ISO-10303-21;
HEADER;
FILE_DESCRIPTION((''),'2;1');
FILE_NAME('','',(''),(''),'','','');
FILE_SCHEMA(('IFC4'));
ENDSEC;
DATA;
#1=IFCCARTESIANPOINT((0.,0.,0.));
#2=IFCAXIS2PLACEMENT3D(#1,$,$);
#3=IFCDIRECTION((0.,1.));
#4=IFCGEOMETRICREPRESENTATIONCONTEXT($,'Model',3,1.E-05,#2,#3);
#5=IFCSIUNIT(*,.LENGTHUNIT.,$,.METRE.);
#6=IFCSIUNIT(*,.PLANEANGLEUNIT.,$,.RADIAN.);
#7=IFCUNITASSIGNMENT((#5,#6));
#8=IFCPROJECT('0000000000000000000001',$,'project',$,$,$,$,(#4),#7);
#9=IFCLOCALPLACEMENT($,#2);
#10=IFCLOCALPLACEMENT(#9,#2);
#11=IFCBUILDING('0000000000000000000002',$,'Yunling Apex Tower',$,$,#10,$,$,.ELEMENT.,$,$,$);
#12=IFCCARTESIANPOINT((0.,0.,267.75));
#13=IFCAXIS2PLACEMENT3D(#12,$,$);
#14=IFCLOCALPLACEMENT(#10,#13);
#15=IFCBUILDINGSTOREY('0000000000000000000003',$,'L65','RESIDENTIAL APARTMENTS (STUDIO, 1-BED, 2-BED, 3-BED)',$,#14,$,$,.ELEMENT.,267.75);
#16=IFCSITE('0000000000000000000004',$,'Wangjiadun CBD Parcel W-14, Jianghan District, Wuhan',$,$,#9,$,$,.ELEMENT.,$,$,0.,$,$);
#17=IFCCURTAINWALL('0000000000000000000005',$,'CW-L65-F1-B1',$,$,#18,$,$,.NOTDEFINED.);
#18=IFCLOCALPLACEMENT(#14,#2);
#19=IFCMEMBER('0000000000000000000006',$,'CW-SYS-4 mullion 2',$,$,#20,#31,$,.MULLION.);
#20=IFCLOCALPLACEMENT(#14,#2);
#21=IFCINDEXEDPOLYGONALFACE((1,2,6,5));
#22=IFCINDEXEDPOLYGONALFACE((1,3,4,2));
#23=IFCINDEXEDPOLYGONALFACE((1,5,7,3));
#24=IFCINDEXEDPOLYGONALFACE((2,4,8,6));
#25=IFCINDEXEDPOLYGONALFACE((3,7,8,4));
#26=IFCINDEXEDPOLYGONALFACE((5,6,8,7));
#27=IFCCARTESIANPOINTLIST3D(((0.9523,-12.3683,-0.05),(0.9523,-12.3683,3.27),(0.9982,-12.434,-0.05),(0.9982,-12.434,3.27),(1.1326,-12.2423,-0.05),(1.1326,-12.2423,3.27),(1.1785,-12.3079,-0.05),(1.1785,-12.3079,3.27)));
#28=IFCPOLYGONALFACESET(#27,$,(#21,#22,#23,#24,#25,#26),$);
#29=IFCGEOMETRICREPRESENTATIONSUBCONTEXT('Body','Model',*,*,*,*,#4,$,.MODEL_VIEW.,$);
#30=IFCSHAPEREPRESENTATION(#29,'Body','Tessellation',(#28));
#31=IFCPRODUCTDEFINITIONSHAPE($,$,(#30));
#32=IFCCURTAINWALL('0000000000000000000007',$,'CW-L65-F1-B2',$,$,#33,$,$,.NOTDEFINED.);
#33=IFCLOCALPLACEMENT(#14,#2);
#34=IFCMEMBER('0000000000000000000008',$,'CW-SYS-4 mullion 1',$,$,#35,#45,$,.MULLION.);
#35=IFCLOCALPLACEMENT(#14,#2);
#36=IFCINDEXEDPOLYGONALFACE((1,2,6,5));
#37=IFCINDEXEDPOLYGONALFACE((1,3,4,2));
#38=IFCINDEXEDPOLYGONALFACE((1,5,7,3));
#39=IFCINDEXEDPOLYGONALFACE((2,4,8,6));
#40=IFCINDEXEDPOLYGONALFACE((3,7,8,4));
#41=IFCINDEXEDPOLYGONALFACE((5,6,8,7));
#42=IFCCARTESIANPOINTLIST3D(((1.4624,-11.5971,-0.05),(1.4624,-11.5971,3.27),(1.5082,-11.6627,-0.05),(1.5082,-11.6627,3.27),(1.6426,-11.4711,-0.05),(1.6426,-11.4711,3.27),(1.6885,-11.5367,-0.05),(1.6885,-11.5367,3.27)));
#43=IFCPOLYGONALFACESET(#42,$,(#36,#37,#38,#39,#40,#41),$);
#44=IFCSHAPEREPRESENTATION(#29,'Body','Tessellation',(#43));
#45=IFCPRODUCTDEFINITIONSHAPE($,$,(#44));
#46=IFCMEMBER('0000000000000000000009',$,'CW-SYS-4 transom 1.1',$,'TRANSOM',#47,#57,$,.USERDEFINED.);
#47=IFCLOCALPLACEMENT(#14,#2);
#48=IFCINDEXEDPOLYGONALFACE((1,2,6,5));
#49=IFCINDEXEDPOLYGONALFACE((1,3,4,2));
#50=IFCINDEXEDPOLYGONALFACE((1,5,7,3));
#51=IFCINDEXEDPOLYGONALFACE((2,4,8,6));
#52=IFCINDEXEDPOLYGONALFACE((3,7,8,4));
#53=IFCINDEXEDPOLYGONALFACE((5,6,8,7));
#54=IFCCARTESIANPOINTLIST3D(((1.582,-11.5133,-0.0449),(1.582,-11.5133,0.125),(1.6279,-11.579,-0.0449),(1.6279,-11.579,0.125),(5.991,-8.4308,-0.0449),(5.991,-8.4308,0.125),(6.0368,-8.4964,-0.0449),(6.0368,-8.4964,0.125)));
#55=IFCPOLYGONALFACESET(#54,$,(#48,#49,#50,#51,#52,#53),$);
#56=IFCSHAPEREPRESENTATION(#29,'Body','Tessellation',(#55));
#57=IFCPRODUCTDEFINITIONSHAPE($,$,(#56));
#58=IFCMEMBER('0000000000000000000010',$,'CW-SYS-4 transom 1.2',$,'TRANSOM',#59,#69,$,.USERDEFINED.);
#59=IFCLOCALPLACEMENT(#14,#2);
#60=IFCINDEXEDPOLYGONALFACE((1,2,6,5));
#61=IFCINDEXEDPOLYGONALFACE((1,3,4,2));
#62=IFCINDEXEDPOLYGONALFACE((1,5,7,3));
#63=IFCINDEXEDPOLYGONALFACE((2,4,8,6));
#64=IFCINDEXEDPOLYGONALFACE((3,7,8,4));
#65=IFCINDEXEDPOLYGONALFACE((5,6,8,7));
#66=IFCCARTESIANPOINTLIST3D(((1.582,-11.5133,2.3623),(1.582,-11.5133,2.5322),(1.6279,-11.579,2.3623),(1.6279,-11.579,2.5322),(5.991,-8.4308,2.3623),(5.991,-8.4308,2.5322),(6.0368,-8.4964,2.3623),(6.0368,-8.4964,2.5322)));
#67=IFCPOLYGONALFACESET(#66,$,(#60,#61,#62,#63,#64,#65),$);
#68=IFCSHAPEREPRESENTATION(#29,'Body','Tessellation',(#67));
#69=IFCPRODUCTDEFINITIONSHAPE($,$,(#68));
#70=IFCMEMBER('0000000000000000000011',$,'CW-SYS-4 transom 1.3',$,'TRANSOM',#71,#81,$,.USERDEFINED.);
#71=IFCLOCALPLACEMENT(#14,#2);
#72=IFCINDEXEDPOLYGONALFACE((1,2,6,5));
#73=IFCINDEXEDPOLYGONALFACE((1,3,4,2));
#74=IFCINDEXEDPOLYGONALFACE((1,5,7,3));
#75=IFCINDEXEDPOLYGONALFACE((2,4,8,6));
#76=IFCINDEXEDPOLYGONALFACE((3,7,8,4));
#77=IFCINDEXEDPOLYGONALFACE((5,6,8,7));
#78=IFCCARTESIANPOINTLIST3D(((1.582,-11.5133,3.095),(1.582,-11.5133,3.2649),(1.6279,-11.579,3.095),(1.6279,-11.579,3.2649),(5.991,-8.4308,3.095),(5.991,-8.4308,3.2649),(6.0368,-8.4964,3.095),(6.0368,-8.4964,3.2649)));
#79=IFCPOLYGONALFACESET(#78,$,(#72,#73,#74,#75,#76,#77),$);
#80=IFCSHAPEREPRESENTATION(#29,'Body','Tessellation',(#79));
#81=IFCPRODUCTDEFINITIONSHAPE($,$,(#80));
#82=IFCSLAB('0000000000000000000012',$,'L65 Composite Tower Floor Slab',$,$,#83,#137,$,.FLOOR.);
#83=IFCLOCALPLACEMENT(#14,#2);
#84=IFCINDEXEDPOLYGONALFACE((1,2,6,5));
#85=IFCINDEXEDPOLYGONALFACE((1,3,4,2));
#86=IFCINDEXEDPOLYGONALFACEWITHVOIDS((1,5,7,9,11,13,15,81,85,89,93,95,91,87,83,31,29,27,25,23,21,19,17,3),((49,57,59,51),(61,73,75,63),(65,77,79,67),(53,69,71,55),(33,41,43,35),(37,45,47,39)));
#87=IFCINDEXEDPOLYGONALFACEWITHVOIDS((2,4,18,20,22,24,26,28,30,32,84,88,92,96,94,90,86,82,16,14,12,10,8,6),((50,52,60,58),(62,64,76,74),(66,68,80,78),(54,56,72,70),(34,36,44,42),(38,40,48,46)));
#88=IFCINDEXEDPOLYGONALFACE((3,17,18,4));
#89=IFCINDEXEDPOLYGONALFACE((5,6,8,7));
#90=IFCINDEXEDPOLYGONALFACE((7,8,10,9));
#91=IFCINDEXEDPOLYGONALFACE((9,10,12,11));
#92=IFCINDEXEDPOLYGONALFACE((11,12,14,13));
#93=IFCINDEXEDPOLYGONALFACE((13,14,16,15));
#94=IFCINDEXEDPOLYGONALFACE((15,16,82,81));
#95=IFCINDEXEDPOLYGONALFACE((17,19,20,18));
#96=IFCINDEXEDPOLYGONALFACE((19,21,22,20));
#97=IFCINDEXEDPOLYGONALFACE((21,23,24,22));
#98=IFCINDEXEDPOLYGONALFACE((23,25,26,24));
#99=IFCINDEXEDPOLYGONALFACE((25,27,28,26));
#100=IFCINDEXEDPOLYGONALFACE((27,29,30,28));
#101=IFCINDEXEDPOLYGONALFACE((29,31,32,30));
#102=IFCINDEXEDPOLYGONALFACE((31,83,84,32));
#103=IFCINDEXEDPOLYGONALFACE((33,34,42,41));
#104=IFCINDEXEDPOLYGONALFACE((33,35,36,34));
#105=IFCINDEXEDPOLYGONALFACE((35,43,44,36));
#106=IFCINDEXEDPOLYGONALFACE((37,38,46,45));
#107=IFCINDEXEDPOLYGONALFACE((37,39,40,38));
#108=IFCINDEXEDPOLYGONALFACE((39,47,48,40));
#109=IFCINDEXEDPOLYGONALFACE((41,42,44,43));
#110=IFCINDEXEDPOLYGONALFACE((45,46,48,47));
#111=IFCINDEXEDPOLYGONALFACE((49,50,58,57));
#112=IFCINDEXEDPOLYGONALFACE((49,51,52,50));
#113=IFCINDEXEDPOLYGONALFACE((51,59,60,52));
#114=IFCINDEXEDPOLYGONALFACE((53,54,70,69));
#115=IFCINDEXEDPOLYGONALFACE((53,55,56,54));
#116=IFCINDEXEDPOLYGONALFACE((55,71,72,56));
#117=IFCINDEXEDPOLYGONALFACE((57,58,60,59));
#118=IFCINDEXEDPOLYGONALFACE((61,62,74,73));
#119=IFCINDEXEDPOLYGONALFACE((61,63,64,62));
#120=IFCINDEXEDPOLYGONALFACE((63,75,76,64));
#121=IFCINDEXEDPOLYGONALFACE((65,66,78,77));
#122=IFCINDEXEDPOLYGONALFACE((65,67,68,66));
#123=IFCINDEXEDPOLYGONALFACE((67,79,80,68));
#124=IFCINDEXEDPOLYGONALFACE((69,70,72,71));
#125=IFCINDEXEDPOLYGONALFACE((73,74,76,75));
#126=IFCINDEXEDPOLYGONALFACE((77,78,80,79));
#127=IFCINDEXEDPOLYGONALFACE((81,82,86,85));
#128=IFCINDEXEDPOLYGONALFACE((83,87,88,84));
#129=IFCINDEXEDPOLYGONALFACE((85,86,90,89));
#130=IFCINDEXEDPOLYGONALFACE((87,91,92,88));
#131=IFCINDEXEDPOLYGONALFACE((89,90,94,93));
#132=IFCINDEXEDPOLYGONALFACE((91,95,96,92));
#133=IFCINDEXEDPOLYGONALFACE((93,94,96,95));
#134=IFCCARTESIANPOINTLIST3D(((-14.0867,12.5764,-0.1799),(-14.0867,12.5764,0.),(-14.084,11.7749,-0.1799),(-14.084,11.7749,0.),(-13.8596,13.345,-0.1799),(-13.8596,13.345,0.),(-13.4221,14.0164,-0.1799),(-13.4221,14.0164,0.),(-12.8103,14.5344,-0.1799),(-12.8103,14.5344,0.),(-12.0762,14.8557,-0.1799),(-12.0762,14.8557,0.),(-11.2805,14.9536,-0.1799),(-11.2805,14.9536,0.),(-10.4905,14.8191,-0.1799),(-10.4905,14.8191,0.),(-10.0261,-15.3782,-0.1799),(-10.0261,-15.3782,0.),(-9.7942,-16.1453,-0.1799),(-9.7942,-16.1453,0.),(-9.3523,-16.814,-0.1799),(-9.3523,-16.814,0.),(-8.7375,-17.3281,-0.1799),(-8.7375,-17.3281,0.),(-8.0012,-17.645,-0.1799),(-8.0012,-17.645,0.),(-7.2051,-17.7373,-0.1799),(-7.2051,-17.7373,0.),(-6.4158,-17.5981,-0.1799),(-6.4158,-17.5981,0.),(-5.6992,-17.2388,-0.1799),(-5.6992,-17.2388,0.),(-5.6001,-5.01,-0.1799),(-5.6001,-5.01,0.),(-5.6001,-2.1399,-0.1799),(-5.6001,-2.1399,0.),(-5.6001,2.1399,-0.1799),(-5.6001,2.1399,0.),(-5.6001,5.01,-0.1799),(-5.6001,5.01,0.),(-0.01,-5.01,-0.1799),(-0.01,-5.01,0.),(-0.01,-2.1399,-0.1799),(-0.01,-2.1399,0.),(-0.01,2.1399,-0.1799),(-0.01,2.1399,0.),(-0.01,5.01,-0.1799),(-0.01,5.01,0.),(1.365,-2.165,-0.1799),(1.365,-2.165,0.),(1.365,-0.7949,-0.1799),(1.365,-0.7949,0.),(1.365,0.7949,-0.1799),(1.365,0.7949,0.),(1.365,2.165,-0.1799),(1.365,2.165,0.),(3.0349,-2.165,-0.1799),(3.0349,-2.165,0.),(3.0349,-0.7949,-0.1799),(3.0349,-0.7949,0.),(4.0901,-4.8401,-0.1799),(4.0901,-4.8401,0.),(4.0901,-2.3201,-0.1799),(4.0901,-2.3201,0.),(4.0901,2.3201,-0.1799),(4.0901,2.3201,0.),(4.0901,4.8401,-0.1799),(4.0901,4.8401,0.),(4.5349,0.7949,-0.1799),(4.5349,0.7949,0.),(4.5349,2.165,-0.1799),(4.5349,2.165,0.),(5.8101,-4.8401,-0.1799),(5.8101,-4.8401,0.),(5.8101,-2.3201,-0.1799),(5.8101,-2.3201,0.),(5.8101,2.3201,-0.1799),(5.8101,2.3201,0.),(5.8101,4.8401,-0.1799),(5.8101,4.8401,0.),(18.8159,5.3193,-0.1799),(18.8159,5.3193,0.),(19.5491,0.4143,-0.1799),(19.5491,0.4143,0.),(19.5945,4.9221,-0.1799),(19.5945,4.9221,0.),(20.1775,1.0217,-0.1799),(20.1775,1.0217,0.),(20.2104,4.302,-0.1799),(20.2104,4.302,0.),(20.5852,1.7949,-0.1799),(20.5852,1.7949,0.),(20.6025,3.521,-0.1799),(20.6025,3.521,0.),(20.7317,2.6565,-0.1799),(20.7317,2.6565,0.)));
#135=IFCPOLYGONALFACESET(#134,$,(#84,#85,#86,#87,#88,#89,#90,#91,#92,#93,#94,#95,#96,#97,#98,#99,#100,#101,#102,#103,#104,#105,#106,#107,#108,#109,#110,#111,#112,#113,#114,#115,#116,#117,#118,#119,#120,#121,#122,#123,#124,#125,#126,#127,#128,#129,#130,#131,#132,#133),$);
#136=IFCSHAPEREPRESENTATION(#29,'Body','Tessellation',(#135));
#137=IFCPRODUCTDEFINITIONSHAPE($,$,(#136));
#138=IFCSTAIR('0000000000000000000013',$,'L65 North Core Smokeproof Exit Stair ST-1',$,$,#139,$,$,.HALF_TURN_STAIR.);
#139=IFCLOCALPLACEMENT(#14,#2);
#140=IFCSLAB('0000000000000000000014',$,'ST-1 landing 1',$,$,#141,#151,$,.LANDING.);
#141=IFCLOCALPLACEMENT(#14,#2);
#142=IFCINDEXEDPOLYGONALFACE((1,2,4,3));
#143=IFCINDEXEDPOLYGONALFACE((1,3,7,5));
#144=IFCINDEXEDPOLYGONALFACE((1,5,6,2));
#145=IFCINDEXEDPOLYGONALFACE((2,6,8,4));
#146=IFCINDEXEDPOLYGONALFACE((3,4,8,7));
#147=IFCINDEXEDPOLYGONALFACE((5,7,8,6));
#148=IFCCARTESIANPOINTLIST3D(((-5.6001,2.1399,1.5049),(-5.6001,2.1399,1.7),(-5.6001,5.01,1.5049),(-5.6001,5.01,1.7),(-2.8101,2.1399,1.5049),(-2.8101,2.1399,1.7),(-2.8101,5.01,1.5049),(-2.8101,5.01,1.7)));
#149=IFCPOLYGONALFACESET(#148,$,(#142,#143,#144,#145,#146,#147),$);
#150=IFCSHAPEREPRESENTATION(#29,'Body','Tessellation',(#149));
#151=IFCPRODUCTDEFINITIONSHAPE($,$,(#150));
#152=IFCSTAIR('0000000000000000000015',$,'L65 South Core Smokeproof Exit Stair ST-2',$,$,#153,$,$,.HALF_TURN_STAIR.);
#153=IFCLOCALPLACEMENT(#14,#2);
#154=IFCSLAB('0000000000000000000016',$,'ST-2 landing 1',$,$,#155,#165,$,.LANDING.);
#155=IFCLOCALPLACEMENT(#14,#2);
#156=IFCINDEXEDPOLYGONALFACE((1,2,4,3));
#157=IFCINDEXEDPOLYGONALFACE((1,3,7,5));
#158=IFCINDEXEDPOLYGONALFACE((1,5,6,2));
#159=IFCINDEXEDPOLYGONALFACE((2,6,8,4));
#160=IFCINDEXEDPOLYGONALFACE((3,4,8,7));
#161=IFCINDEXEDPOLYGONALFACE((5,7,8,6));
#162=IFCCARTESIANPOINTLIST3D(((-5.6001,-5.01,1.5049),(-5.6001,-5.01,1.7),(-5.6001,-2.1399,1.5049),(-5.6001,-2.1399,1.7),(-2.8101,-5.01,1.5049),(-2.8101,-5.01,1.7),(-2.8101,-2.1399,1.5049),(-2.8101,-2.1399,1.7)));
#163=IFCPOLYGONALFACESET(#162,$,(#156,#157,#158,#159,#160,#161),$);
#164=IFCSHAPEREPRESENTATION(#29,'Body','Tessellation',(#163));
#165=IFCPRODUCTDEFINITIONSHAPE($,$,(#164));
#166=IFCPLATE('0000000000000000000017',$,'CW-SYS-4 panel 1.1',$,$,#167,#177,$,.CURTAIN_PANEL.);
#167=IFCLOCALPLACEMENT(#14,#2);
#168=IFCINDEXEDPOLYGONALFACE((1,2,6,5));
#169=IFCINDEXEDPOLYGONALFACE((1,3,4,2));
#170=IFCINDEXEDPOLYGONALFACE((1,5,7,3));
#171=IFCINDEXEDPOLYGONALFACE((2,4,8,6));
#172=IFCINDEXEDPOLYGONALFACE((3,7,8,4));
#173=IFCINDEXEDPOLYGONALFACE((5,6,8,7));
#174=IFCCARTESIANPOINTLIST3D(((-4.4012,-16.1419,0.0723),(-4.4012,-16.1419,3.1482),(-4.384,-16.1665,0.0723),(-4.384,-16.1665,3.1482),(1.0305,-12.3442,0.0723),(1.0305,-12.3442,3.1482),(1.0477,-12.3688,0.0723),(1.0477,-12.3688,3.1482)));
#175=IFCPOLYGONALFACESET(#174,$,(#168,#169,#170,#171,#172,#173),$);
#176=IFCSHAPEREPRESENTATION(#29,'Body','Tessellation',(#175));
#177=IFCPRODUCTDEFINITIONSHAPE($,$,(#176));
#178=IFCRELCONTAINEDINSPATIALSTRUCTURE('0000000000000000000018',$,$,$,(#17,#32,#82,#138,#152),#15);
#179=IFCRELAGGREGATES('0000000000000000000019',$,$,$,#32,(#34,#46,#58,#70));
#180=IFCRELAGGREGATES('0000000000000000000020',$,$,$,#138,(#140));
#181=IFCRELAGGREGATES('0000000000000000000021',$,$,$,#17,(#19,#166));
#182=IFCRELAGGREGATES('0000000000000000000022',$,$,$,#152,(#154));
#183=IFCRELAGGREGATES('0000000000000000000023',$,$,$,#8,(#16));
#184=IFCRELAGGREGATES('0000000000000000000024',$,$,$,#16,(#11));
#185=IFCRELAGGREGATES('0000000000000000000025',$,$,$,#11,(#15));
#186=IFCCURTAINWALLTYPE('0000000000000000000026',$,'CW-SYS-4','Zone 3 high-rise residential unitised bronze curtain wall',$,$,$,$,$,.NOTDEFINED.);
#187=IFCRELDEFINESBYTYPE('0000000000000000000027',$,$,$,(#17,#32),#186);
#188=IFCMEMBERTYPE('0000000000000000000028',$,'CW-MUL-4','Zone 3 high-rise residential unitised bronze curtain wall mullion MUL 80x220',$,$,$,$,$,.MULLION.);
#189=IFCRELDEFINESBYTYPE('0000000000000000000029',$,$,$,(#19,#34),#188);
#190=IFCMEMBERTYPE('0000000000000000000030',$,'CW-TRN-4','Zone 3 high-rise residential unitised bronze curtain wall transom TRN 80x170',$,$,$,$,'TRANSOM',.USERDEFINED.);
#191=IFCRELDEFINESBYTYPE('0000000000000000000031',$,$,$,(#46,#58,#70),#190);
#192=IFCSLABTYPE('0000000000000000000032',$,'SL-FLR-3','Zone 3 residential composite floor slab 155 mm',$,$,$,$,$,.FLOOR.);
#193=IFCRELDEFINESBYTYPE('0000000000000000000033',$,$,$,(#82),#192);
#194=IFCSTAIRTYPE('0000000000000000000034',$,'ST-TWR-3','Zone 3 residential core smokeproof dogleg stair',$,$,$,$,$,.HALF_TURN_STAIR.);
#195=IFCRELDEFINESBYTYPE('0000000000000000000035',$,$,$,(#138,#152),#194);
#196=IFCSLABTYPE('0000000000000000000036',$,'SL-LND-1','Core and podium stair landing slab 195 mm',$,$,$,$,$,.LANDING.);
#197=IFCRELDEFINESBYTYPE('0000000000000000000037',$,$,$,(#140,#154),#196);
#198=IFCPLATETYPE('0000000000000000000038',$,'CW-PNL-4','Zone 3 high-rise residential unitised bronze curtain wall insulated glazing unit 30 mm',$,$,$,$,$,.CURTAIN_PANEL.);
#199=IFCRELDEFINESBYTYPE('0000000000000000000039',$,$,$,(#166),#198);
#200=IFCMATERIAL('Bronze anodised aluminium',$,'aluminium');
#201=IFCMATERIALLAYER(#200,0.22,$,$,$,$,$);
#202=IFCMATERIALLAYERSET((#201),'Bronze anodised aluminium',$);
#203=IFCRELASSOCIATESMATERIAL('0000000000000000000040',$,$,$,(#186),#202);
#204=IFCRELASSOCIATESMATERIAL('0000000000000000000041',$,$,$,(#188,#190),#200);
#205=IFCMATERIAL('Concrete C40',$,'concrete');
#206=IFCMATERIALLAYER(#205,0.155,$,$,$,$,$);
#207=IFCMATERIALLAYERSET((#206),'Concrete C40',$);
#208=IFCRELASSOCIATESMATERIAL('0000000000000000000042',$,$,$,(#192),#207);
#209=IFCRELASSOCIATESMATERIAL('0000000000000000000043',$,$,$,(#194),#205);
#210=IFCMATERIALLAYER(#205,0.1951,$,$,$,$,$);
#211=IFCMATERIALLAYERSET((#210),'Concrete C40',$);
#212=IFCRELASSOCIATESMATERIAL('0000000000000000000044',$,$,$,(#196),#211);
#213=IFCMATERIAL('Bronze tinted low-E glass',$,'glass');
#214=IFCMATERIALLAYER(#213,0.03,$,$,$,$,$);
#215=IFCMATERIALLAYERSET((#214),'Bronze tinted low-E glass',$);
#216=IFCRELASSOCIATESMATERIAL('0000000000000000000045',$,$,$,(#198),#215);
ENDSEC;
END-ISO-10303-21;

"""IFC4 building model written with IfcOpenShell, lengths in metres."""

from ifc_helpers import new_model, si_unit, direction, frame, origin, origin_2d, place, context, subcontext, project, spatial, polyline, rectangle, outline, extrude, source, transform, mapped, material, layer, layer_set, material_profile, profile_set, type_object, element, aggregate, save


model = new_model("IFC4")

# Units and contexts
model_context = context("Model", 3, precision=1e-05, world=origin(), true_north=direction((0.0, 1.0)))
body_context = subcontext(model_context, "Body", "Model", "MODEL_VIEW")
ifc_project = project(units=[si_unit("LENGTHUNIT", "METRE"), si_unit("PLANEANGLEUNIT", "RADIAN")], contexts=[model_context])

# Site, building, storey
site_placement = place(None, origin())
site = spatial("IfcSite", under=ifc_project, at=site_placement, Name="Wangjiadun CBD Parcel W-14, Jianghan District, Wuhan", CompositionType="ELEMENT", RefElevation=0.0)
building_placement = place(site_placement, origin())
building = spatial("IfcBuilding", under=site, at=building_placement, Name="Yunling Apex Tower", CompositionType="ELEMENT")
storey_placement = place(building_placement, frame((0.0, 0.0, 267.75)))
storey = spatial("IfcBuildingStorey", under=building, at=storey_placement, Name="L65", Description="RESIDENTIAL APARTMENTS (STUDIO, 1-BED, 2-BED, 3-BED)", CompositionType="ELEMENT", Elevation=267.75)

# Curtain wall, member
ifc_material_1 = material(Name="Bronze anodised aluminium", Category="aluminium")
ifc_layer_1 = layer(ifc_material_1, 0.22)
ifc_layer_set_1 = layer_set([ifc_layer_1], Name="Bronze anodised aluminium")
curtain_wall_type = type_object("IfcCurtainWallType", Name="CW-SYS-4", Description="Zone 3 high-rise residential unitised bronze curtain wall", PredefinedType="NOTDEFINED", material=ifc_layer_set_1)
curtain_wall_1_placement = place(storey_placement, origin())
curtain_wall_1 = element("IfcCurtainWall", 1, at=curtain_wall_1_placement, inside=storey, type_object=curtain_wall_type, Name="CW-L65-F1-B1", PredefinedType="NOTDEFINED")
ifc_material_profile_1 = material_profile(ifc_material_1, rectangle(XDim=0.0801, YDim=0.22, at=origin_2d()))
ifc_profile_set_1 = profile_set([ifc_material_profile_1], Name="Bronze anodised aluminium")
member_type_1 = type_object("IfcMemberType", Name="CW-MUL-4", Description="Zone 3 high-rise residential unitised bronze curtain wall mullion MUL 80x220", PredefinedType="MULLION", material=ifc_profile_set_1)
shared_shape_1 = source(origin(), body_context, "Body", "SweptSolid", [
    extrude(rectangle(XDim=0.0801, YDim=0.22, at=origin_2d()), origin(), (0.0, 0.0, 1.0), 3.3201),
])
member_1_placement = place(storey_placement, frame((1.0654, -12.3381, -0.05), z_axis=(0.0, 0.0, 1.0), x_axis=(-0.573, 0.819555, 0.0)))
member_1 = element("IfcMember", 2, at=member_1_placement, type_object=member_type_1, Name="CW-SYS-4 mullion 2", PredefinedType="MULLION", context=body_context, shape_type="MappedRepresentation", body=[
    mapped(shared_shape_1, transform((0.0, 0.0, 0.0), scale=1.0)),
])

# Curtain wall, members
curtain_wall_2_placement = place(storey_placement, origin())
curtain_wall_2 = element("IfcCurtainWall", 3, at=curtain_wall_2_placement, inside=storey, type_object=curtain_wall_type, Name="CW-L65-F1-B2", PredefinedType="NOTDEFINED")
member_2_placement = place(storey_placement, frame((1.5754, -11.5669, -0.05), z_axis=(0.0, 0.0, 1.0), x_axis=(-0.572999, 0.819556, 0.0)))
member_2 = element("IfcMember", 4, at=member_2_placement, type_object=member_type_1, Name="CW-SYS-4 mullion 1", PredefinedType="MULLION", context=body_context, shape_type="MappedRepresentation", body=[
    mapped(shared_shape_1, transform((0.0, 0.0, 0.0), scale=1.0)),
])
ifc_material_profile_2 = material_profile(ifc_material_1, rectangle(XDim=0.0801, YDim=0.1699, at=origin_2d()))
ifc_profile_set_2 = profile_set([ifc_material_profile_2], Name="Bronze anodised aluminium")
member_type_2 = type_object("IfcMemberType", Name="CW-TRN-4", Description="Zone 3 high-rise residential unitised bronze curtain wall transom TRN 80x170", ElementType="TRANSOM", PredefinedType="USERDEFINED", material=ifc_profile_set_2)
shared_shape_2 = source(origin(), body_context, "Body", "SweptSolid", [
    extrude(rectangle(XDim=0.0801, YDim=0.1699, at=origin_2d()), origin(), (0.0, 0.0, 1.0), 5.3796),
])
member_3_placement = place(storey_placement, frame((1.605, -11.5461, 0.04), z_axis=(0.819558, 0.572996, 0.0), x_axis=(-0.572996, 0.819558, 0.0)))
member_3 = element("IfcMember", 5, at=member_3_placement, type_object=member_type_2, Name="CW-SYS-4 transom 1.1", ObjectType="TRANSOM", PredefinedType="USERDEFINED", context=body_context, shape_type="MappedRepresentation", body=[
    mapped(shared_shape_2, transform((0.0, 0.0, 0.0), scale=1.0)),
])
member_4_placement = place(storey_placement, frame((1.605, -11.5461, 2.4473), z_axis=(0.819558, 0.572996, 0.0), x_axis=(-0.572996, 0.819558, 0.0)))
member_4 = element("IfcMember", 6, at=member_4_placement, type_object=member_type_2, Name="CW-SYS-4 transom 1.2", ObjectType="TRANSOM", PredefinedType="USERDEFINED", context=body_context, shape_type="MappedRepresentation", body=[
    mapped(shared_shape_2, transform((0.0, 0.0, 0.0), scale=1.0)),
])
member_5_placement = place(storey_placement, frame((1.605, -11.5461, 3.1799), z_axis=(0.819558, 0.572996, 0.0), x_axis=(-0.572996, 0.819558, 0.0)))
member_5 = element("IfcMember", 7, at=member_5_placement, type_object=member_type_2, Name="CW-SYS-4 transom 1.3", ObjectType="TRANSOM", PredefinedType="USERDEFINED", context=body_context, shape_type="MappedRepresentation", body=[
    mapped(shared_shape_2, transform((0.0, 0.0, 0.0), scale=1.0)),
])
aggregate(curtain_wall_2, [member_2, member_3, member_4, member_5])

# Slab
ifc_material_2 = material(Name="Concrete C40", Category="concrete")
ifc_layer_2 = layer(ifc_material_2, 0.155)
ifc_layer_set_2 = layer_set([ifc_layer_2], Name="Concrete C40")
slab_type_1 = type_object("IfcSlabType", Name="SL-FLR-3", Description="Zone 3 residential composite floor slab 155 mm", PredefinedType="FLOOR", material=ifc_layer_set_2)
slab_1_placement = place(storey_placement, frame((0.0, 0.0, -0.1799)))
element("IfcSlab", 8, at=slab_1_placement, inside=storey, type_object=slab_type_1, Name="L65 Composite Tower Floor Slab", PredefinedType="FLOOR", context=body_context, shape_type="SweptSolid", body=[
    extrude(outline(polyline([(-10.0261, -15.3782), (-9.7942, -16.1453), (-9.3523, -16.814), (-8.7375, -17.3281), (-8.0012, -17.645), (-7.2051, -17.7373), (-6.4158, -17.5981), (-5.6992, -17.2388), (19.5491, 0.4143), (20.1775, 1.0217), (20.5852, 1.7949), (20.7317, 2.6565), (20.6025, 3.521), (20.2104, 4.302), (19.5945, 4.9221), (18.8159, 5.3193), (-10.4905, 14.8191), (-11.2805, 14.9536), (-12.0762, 14.8557), (-12.8103, 14.5344), (-13.4221, 14.0164), (-13.8596, 13.345), (-14.0867, 12.5764), (-14.084, 11.7749), (-10.0261, -15.3782)]), holes=[polyline([(4.0901, 4.8401), (5.8101, 4.8401), (5.8101, 2.3201), (4.0901, 2.3201), (4.0901, 4.8401)]), polyline([(4.0901, -4.8401), (4.0901, -2.3201), (5.8101, -2.3201), (5.8101, -4.8401), (4.0901, -4.8401)]), polyline([(4.5349, 0.7949), (1.365, 0.7949), (1.365, 2.165), (4.5349, 2.165), (4.5349, 0.7949)]), polyline([(1.365, -0.7949), (3.0349, -0.7949), (3.0349, -2.165), (1.365, -2.165), (1.365, -0.7949)]), polyline([(-0.01, -5.01), (-5.6001, -5.01), (-5.6001, -2.1399), (-0.01, -2.1399), (-0.01, -5.01)]), polyline([(-0.01, 2.1399), (-5.6001, 2.1399), (-5.6001, 5.01), (-0.01, 5.01), (-0.01, 2.1399)])]), origin(), (0.0, 0.0, 1.0), 0.1799),
])

# Stairs, slabs
stair_type = type_object("IfcStairType", Name="ST-TWR-3", Description="Zone 3 residential core smokeproof dogleg stair", PredefinedType="HALF_TURN_STAIR", material=ifc_material_2)
stair_1_placement = place(storey_placement, origin())
stair_1 = element("IfcStair", 9, at=stair_1_placement, inside=storey, type_object=stair_type, Name="L65 North Core Smokeproof Exit Stair ST-1", PredefinedType="HALF_TURN_STAIR")
ifc_layer_3 = layer(ifc_material_2, 0.1951)
ifc_layer_set_3 = layer_set([ifc_layer_3], Name="Concrete C40")
slab_type_2 = type_object("IfcSlabType", Name="SL-LND-1", Description="Core and podium stair landing slab 195 mm", PredefinedType="LANDING", material=ifc_layer_set_3)
slab_2_placement = place(storey_placement, frame((0.0, 0.0, 1.5049)))
slab_2 = element("IfcSlab", 10, at=slab_2_placement, type_object=slab_type_2, Name="ST-1 landing 1", PredefinedType="LANDING", context=body_context, shape_type="SweptSolid", body=[
    extrude(outline(polyline([(-2.8101, 5.01), (-5.6001, 5.01), (-5.6001, 2.1399), (-2.8101, 2.1399), (-2.8101, 5.01)])), origin(), (0.0, 0.0, 1.0), 0.1951),
])
aggregate(stair_1, [slab_2])
stair_2_placement = place(storey_placement, origin())
stair_2 = element("IfcStair", 11, at=stair_2_placement, inside=storey, type_object=stair_type, Name="L65 South Core Smokeproof Exit Stair ST-2", PredefinedType="HALF_TURN_STAIR")
slab_3_placement = place(storey_placement, frame((0.0, 0.0, 1.5049)))
slab_3 = element("IfcSlab", 12, at=slab_3_placement, type_object=slab_type_2, Name="ST-2 landing 1", PredefinedType="LANDING", context=body_context, shape_type="SweptSolid", body=[
    extrude(outline(polyline([(-2.8101, -2.1399), (-5.6001, -2.1399), (-5.6001, -5.01), (-2.8101, -5.01), (-2.8101, -2.1399)])), origin(), (0.0, 0.0, 1.0), 0.1951),
])

# Plate
ifc_material_3 = material(Name="Bronze tinted low-E glass", Category="glass")
ifc_layer_4 = layer(ifc_material_3, 0.03)
ifc_layer_set_4 = layer_set([ifc_layer_4], Name="Bronze tinted low-E glass")
plate_type = type_object("IfcPlateType", Name="CW-PNL-4", Description="Zone 3 high-rise residential unitised bronze curtain wall insulated glazing unit 30 mm", PredefinedType="CURTAIN_PANEL", material=ifc_layer_set_4)
shared_shape_3 = source(origin(), body_context, "Body", "SweptSolid", [
    extrude(rectangle(XDim=6.6277, YDim=0.03, at=origin_2d()), origin(), (0.0, 0.0, 1.0), 3.0759),
])
plate_placement = place(storey_placement, frame((-1.6768, -14.2554, 0.0723), z_axis=(0.0, 0.0, 1.0), x_axis=(0.819555, 0.573, 0.0)))
plate = element("IfcPlate", 13, at=plate_placement, type_object=plate_type, Name="CW-SYS-4 panel 1.1", PredefinedType="CURTAIN_PANEL", context=body_context, shape_type="MappedRepresentation", body=[
    mapped(shared_shape_3, transform((0.0, 0.0, 0.0), scale=1.0)),
])
aggregate(curtain_wall_1, [member_1, plate])

aggregate(stair_2, [slab_3])

save(model, "model.ifc")
